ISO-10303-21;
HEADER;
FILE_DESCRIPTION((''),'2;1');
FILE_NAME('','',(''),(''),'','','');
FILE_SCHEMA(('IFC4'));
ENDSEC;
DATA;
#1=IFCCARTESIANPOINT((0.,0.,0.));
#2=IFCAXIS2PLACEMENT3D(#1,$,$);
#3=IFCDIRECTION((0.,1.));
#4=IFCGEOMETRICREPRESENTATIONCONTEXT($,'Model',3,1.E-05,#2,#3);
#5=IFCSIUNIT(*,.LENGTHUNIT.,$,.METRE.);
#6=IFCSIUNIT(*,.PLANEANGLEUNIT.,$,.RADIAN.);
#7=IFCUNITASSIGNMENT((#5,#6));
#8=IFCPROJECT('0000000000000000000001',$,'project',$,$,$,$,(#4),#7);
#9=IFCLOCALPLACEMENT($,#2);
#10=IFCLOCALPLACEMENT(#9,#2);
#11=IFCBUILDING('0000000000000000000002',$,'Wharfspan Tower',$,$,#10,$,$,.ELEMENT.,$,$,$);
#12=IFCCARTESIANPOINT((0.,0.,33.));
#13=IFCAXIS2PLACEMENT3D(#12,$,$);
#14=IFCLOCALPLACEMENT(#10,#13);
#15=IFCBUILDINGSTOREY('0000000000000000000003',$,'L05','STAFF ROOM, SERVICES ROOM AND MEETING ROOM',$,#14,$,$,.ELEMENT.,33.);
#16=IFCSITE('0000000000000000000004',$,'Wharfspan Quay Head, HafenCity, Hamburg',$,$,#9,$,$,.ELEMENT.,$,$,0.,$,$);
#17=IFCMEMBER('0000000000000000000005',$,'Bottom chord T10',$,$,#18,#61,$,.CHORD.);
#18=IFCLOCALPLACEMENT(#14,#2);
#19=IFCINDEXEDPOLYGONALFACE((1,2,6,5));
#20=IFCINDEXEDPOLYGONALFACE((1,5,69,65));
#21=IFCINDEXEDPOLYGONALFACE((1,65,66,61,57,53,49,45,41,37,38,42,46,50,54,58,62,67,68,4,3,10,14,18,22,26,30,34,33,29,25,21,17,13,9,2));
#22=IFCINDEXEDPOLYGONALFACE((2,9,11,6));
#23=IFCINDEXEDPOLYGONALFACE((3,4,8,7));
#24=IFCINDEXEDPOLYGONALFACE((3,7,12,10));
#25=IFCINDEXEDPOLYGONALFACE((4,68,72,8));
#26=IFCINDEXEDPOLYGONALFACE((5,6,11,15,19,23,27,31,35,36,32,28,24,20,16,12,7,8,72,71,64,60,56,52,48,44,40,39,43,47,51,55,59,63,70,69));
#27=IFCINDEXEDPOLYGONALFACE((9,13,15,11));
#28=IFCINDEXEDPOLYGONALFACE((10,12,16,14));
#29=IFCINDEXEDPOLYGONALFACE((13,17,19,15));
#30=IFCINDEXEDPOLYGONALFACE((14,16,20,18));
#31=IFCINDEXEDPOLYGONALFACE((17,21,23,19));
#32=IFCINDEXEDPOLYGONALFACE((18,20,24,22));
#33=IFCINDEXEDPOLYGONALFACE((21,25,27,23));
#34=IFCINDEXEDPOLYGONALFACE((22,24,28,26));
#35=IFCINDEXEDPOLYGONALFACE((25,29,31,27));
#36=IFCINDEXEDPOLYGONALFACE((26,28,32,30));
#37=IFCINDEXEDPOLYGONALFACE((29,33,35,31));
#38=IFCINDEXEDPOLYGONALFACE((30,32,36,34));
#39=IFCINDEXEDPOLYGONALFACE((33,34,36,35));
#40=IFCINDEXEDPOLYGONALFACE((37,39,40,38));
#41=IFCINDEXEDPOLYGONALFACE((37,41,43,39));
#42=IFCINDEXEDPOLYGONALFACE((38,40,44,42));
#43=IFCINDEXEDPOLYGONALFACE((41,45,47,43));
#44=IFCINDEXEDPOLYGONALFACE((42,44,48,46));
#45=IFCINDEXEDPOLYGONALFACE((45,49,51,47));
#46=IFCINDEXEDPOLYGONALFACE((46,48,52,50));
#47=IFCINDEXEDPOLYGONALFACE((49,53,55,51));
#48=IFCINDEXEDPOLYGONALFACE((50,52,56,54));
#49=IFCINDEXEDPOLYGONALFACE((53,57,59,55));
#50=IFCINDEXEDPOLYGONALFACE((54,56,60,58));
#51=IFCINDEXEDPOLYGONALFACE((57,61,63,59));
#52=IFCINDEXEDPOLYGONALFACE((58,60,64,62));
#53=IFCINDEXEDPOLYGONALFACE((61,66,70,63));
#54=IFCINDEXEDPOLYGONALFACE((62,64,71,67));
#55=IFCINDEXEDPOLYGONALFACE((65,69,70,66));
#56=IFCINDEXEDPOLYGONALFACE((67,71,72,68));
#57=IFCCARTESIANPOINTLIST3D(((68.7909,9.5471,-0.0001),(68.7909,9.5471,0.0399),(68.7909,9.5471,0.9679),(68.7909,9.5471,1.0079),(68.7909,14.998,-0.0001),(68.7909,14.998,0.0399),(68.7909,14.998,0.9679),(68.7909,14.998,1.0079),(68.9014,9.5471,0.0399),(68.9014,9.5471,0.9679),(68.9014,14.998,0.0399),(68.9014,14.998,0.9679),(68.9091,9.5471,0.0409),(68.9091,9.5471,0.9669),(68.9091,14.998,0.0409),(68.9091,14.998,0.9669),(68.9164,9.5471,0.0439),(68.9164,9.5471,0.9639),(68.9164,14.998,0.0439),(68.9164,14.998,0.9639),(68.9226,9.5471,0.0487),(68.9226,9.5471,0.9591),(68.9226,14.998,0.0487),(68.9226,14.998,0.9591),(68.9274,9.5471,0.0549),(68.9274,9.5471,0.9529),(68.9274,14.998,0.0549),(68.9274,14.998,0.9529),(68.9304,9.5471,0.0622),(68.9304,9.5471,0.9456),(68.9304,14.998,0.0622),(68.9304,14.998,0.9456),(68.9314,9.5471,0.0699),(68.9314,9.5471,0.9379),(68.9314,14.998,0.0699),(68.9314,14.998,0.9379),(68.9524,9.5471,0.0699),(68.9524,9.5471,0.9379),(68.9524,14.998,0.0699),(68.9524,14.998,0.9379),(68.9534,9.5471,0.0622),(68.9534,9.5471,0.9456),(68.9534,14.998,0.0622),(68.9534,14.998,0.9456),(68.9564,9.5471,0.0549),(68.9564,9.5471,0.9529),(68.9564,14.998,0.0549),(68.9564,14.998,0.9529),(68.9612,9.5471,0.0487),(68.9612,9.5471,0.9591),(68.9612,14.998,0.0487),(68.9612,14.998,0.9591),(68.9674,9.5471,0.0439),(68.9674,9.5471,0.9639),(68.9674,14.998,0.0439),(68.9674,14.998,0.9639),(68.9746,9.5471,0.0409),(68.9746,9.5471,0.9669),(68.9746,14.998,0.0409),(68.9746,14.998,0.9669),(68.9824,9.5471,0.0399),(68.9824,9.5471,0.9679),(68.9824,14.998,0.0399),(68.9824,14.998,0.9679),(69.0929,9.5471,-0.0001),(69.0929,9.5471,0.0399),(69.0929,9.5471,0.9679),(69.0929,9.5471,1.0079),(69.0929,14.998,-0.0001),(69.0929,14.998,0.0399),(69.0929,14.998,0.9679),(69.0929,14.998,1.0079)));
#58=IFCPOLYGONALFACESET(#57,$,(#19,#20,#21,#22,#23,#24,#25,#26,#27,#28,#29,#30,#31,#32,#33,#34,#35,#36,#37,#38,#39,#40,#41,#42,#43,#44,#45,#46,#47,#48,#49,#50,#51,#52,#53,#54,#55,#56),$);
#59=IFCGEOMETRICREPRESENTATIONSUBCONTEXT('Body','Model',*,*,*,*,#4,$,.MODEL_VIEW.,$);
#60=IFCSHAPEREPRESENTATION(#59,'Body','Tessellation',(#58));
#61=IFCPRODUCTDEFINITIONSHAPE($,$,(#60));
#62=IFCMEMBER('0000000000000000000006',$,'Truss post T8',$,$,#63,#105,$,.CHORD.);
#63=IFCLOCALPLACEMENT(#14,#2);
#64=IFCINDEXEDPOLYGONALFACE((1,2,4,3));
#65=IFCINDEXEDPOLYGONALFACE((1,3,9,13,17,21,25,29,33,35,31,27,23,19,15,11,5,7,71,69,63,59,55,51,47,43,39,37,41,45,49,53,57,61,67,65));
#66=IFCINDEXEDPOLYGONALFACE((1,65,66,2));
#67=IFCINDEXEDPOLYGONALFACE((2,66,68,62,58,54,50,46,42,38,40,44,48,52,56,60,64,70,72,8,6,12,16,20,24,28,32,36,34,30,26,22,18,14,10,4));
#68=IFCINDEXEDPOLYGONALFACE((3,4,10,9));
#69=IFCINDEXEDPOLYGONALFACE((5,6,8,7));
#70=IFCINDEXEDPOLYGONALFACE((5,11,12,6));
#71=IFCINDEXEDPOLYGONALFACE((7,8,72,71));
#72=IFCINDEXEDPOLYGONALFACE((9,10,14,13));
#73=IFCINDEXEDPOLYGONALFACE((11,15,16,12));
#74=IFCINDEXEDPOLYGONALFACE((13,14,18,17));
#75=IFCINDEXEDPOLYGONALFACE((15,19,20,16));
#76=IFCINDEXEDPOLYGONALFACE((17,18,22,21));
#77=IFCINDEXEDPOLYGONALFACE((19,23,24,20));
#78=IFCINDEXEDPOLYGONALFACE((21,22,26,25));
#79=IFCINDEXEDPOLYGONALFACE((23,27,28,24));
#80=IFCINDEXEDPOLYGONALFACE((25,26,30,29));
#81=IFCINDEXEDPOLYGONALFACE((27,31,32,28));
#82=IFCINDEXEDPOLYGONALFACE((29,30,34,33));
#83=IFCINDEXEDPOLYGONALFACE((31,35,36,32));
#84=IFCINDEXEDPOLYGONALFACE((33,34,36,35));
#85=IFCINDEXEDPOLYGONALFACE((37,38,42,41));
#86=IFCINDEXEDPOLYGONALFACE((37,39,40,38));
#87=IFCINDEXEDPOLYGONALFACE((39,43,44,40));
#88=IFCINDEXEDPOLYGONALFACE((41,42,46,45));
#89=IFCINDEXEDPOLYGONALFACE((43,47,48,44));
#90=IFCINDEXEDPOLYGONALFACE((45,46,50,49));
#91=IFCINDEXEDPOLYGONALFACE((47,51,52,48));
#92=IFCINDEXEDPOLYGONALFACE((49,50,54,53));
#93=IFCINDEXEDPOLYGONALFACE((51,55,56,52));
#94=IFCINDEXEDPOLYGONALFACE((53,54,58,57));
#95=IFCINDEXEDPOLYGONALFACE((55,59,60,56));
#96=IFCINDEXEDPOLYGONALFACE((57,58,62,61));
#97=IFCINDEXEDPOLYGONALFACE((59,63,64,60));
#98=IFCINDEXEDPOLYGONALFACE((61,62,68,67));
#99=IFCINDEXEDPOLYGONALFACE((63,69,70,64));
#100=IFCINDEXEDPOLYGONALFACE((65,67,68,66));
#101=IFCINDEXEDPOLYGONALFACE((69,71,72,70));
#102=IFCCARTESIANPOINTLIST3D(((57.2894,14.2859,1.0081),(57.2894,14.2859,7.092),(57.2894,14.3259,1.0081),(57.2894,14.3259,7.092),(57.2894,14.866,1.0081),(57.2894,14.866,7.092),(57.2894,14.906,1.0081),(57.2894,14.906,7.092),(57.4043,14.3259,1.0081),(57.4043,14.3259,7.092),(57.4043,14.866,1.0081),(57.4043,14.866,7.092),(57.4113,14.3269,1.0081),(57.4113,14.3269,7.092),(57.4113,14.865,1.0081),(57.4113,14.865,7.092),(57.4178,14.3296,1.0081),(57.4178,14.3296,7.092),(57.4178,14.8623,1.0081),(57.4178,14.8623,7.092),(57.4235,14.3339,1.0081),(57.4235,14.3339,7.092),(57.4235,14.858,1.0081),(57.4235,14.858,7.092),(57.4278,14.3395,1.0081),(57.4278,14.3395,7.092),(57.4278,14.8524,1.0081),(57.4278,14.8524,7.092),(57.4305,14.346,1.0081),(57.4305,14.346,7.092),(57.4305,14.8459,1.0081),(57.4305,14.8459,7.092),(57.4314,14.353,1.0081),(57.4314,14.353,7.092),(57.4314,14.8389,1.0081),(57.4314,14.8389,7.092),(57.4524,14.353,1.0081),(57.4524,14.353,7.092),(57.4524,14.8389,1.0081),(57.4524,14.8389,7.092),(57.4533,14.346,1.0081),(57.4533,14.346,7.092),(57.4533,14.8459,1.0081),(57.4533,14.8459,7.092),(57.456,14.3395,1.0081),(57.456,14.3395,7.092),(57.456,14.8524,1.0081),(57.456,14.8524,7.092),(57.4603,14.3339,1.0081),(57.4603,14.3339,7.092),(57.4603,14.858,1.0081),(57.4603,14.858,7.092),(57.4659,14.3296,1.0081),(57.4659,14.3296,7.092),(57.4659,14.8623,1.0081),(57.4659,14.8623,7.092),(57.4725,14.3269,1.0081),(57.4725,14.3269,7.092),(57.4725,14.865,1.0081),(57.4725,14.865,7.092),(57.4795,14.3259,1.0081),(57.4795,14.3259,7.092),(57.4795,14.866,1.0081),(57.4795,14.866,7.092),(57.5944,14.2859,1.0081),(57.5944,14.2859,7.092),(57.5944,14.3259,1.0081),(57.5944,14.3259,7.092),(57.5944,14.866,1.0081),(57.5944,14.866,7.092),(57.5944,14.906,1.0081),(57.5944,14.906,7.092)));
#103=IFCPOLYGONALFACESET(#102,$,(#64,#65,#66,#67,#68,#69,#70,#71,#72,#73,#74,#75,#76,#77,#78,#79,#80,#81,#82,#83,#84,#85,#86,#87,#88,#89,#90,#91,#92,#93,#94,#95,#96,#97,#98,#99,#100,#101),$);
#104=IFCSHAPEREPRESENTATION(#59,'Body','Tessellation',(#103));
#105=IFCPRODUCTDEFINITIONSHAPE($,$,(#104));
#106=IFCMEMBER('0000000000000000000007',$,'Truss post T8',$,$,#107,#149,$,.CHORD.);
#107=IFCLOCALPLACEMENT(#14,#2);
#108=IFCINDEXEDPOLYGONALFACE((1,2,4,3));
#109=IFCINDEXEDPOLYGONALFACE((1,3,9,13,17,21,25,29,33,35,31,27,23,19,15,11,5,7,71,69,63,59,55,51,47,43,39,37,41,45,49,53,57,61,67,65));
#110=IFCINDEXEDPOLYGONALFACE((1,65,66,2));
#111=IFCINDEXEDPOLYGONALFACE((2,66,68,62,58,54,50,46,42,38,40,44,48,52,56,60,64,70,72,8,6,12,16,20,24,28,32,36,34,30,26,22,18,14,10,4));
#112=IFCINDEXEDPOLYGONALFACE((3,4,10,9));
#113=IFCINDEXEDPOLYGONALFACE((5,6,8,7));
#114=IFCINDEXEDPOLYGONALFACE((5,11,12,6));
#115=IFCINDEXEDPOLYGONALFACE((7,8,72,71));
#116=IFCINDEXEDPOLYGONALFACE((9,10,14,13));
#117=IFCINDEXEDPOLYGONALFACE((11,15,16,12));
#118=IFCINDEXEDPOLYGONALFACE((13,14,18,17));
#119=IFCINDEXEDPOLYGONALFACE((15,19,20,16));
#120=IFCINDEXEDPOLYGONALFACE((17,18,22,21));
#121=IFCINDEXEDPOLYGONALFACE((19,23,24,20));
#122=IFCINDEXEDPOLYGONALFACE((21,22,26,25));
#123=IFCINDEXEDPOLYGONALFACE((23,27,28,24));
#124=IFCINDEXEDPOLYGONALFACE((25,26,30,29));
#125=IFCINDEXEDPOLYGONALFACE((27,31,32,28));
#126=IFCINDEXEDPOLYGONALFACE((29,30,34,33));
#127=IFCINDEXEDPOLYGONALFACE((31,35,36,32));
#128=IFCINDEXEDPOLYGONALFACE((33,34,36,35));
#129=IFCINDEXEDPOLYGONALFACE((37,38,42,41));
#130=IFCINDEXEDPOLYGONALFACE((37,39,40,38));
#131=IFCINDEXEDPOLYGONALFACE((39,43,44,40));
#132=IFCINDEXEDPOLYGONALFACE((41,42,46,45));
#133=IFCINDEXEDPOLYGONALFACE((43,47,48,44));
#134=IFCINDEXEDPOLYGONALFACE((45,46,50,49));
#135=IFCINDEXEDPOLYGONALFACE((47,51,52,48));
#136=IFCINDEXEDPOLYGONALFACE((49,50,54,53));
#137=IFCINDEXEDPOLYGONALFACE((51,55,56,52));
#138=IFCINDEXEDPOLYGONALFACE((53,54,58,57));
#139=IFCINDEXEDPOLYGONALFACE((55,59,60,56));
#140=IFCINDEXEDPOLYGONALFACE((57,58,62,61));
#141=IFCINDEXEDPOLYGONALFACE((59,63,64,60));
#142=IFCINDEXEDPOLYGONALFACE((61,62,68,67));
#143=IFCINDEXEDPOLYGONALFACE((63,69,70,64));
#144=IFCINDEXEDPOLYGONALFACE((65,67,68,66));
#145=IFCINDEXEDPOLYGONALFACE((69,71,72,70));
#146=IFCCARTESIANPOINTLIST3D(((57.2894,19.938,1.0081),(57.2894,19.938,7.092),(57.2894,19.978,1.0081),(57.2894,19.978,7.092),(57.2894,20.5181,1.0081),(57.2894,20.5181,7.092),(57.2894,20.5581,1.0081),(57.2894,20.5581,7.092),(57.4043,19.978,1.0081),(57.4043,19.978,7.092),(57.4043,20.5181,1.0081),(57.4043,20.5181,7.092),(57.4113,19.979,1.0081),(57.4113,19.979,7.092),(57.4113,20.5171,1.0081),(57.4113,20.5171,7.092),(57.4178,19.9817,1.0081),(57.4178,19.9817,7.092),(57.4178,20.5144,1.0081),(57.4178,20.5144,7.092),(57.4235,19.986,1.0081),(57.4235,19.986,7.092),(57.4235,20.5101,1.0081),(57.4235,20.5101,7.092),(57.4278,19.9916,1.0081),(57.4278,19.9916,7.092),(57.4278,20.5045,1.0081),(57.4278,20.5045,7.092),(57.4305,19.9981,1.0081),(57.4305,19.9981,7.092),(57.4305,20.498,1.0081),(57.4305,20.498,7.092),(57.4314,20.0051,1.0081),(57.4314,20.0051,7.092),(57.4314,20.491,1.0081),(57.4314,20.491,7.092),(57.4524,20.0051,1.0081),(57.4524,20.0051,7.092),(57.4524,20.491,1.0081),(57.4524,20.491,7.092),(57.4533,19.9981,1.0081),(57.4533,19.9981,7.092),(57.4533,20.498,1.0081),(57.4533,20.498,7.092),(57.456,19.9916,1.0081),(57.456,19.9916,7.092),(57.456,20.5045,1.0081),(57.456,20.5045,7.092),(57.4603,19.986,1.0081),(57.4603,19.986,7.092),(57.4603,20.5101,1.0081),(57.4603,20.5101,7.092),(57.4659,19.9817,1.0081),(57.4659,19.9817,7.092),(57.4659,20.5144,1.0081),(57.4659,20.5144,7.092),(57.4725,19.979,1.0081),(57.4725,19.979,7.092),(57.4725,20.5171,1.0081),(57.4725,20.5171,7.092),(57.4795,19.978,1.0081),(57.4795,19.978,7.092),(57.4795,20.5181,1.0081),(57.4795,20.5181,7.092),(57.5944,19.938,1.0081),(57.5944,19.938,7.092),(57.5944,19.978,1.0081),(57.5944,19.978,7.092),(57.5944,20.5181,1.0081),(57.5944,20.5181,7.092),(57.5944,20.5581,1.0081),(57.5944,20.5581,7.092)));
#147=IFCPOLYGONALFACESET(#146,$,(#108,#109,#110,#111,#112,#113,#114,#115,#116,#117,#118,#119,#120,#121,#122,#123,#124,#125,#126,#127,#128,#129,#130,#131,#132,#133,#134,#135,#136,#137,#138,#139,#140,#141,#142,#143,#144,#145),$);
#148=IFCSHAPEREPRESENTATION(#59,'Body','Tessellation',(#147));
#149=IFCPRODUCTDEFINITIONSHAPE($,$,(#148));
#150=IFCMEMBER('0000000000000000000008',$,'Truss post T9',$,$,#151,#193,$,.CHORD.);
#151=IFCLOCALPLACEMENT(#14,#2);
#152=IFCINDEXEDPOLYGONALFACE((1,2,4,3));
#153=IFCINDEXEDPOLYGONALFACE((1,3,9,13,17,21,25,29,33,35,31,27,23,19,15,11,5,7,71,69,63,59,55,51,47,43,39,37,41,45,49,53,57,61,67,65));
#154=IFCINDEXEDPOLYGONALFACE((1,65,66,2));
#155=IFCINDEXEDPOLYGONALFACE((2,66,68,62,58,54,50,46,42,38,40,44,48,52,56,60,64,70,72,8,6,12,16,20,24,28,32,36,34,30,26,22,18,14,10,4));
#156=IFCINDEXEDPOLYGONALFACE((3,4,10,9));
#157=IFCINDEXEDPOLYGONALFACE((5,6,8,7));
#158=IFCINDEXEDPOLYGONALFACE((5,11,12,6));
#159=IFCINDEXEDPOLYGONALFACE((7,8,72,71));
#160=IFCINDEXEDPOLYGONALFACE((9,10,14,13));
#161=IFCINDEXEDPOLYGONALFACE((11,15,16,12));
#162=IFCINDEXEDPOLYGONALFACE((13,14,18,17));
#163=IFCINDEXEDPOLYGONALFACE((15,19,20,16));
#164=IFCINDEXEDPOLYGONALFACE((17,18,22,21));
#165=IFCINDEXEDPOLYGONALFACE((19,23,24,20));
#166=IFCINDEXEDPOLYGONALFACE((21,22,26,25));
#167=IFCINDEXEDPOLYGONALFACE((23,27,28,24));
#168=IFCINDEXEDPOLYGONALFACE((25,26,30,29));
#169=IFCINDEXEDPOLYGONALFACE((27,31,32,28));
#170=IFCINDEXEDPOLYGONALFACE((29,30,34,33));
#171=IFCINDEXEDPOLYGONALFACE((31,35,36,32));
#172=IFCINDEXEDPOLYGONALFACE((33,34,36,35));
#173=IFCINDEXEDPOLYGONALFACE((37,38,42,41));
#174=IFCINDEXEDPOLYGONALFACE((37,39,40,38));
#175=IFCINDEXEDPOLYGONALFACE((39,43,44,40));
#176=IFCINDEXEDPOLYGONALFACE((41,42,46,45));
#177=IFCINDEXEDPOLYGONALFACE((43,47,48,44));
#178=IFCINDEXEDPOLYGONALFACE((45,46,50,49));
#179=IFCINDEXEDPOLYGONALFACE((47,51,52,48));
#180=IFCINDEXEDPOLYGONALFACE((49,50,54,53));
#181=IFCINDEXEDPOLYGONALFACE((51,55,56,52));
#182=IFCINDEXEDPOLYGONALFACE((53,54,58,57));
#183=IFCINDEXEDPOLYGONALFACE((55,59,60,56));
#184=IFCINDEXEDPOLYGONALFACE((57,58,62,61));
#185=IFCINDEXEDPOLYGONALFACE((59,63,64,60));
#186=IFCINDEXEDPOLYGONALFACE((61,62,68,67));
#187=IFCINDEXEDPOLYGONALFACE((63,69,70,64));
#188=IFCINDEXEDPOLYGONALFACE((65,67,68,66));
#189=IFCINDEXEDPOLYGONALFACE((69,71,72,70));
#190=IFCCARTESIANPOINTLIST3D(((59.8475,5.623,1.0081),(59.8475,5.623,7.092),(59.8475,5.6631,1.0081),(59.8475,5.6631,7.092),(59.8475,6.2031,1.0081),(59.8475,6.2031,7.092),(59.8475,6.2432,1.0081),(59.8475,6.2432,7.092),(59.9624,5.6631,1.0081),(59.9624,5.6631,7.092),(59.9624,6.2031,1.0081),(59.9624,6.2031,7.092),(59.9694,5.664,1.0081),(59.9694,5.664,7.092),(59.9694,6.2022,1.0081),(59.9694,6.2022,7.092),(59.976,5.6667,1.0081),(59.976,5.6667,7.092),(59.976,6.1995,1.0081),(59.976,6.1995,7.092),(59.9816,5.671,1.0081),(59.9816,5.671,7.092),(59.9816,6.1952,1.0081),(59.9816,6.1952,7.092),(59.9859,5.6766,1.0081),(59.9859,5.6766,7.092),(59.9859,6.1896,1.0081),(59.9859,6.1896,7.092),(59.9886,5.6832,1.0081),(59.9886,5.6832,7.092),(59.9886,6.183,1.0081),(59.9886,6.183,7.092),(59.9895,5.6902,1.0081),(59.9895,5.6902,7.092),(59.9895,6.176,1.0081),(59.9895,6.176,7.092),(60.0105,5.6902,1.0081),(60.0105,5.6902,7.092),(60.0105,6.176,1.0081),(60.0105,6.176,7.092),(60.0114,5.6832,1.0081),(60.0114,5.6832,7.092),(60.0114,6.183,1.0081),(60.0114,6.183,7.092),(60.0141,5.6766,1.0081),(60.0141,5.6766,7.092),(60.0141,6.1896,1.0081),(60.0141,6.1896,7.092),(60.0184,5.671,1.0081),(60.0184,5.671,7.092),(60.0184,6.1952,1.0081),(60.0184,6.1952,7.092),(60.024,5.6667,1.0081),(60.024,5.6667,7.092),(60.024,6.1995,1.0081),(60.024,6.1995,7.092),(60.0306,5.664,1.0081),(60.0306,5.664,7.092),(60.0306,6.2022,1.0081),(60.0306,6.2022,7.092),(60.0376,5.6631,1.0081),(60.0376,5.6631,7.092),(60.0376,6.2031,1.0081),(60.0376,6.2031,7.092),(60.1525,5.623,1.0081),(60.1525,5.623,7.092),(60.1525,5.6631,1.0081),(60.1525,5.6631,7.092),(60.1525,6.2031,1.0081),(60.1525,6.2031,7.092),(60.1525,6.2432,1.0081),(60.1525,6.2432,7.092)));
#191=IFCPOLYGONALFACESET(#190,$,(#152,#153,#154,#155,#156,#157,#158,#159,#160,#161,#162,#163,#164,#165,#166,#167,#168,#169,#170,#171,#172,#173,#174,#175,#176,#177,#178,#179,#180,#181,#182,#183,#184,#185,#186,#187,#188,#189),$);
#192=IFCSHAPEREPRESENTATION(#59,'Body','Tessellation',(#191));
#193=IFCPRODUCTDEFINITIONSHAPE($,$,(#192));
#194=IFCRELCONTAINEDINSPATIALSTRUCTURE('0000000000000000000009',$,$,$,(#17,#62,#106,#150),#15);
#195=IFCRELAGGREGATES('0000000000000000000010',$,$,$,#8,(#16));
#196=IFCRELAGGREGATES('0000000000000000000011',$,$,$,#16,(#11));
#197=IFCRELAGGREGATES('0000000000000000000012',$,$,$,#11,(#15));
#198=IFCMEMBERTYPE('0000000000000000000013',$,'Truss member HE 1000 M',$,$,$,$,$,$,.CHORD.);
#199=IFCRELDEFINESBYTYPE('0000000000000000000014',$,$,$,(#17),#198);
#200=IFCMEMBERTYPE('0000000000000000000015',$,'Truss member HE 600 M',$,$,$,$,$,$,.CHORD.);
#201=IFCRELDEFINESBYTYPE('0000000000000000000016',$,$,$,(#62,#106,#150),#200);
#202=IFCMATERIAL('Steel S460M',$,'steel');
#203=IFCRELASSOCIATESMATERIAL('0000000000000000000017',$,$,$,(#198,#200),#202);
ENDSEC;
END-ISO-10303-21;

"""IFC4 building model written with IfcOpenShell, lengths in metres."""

from ifc_helpers import new_model, si_unit, direction, frame, origin, origin_2d, place, context, subcontext, project, spatial, i_section, extrude, material, material_profile, profile_set, type_object, element, save


model = new_model("IFC4")

# Units and contexts
model_context = context("Model", 3, precision=1e-05, world=origin(), true_north=direction((0.0, 1.0)))
body_context = subcontext(model_context, "Body", "Model", "MODEL_VIEW")
ifc_project = project(units=[si_unit("LENGTHUNIT", "METRE"), si_unit("PLANEANGLEUNIT", "RADIAN")], contexts=[model_context])

# Site, building, storey
site_placement = place(None, origin())
site = spatial("IfcSite", under=ifc_project, at=site_placement, Name="Wharfspan Quay Head, HafenCity, Hamburg", CompositionType="ELEMENT", RefElevation=0.0)
building_placement = place(site_placement, origin())
building = spatial("IfcBuilding", under=site, at=building_placement, Name="Wharfspan Tower", CompositionType="ELEMENT")
storey_placement = place(building_placement, frame((0.0, 0.0, 33.0)))
storey = spatial("IfcBuildingStorey", under=building, at=storey_placement, Name="L05", Description="STAFF ROOM, SERVICES ROOM AND MEETING ROOM", CompositionType="ELEMENT", Elevation=33.0)

# Members
ifc_material_1 = material(Name="Steel S460M", Category="steel")
ifc_material_profile_1 = material_profile(ifc_material_1, i_section(OverallWidth=0.302, OverallDepth=1.0081, WebThickness=0.021, FlangeThickness=0.04, FilletRadius=0.03, at=origin_2d()))
ifc_profile_set_1 = profile_set([ifc_material_profile_1], Name="Steel S460M")
member_type_1 = type_object("IfcMemberType", Name="Truss member HE 1000 M", PredefinedType="CHORD", material=ifc_profile_set_1)
for number, where, z_axis, x_axis, name in (
    (1, (68.9419, 9.5471, 0.5039), (0.0, 1.0, 0.0), (-1.0, 0.0, 0.0), "Bottom chord T10"),
):
    element("IfcMember", number, at=place(storey_placement, frame(where, z_axis=z_axis, x_axis=x_axis)), inside=storey, type_object=member_type_1, Name=name, PredefinedType="CHORD", context=body_context, shape_type="SweptSolid", body=[
        extrude(i_section(OverallWidth=0.302, OverallDepth=1.0081, WebThickness=0.021, FlangeThickness=0.04, FilletRadius=0.03, at=origin_2d()), origin(), (0.0, 0.0, 1.0), 5.4509),
    ])
ifc_material_profile_2 = material_profile(ifc_material_1, i_section(OverallWidth=0.3049, OverallDepth=0.6201, WebThickness=0.021, FlangeThickness=0.04, FilletRadius=0.0271, at=origin_2d()))
ifc_profile_set_2 = profile_set([ifc_material_profile_2], Name="Steel S460M")
member_type_2 = type_object("IfcMemberType", Name="Truss member HE 600 M", PredefinedType="CHORD", material=ifc_profile_set_2)
for number, where, z_axis, x_axis, name in (
    (2, (57.4419, 14.5959, 1.0081), (0.0, 0.0, 1.0), (1.0, 0.0, 0.0), "Truss post T8"),
    (3, (57.4419, 20.248, 1.0081), (0.0, 0.0, 1.0), (1.0, 0.0, 0.0), "Truss post T8"),
    (4, (60.0, 5.9331, 1.0081), (0.0, 0.0, 1.0), (1.0, 0.0, 0.0), "Truss post T9"),
):
    element("IfcMember", number, at=place(storey_placement, frame(where, z_axis=z_axis, x_axis=x_axis)), inside=storey, type_object=member_type_2, Name=name, PredefinedType="CHORD", context=body_context, shape_type="SweptSolid", body=[
        extrude(i_section(OverallWidth=0.3049, OverallDepth=0.6201, WebThickness=0.021, FlangeThickness=0.04, FilletRadius=0.0271, at=origin_2d()), origin(), (0.0, 0.0, 1.0), 6.084),
    ])

save(model, "model.ifc")
